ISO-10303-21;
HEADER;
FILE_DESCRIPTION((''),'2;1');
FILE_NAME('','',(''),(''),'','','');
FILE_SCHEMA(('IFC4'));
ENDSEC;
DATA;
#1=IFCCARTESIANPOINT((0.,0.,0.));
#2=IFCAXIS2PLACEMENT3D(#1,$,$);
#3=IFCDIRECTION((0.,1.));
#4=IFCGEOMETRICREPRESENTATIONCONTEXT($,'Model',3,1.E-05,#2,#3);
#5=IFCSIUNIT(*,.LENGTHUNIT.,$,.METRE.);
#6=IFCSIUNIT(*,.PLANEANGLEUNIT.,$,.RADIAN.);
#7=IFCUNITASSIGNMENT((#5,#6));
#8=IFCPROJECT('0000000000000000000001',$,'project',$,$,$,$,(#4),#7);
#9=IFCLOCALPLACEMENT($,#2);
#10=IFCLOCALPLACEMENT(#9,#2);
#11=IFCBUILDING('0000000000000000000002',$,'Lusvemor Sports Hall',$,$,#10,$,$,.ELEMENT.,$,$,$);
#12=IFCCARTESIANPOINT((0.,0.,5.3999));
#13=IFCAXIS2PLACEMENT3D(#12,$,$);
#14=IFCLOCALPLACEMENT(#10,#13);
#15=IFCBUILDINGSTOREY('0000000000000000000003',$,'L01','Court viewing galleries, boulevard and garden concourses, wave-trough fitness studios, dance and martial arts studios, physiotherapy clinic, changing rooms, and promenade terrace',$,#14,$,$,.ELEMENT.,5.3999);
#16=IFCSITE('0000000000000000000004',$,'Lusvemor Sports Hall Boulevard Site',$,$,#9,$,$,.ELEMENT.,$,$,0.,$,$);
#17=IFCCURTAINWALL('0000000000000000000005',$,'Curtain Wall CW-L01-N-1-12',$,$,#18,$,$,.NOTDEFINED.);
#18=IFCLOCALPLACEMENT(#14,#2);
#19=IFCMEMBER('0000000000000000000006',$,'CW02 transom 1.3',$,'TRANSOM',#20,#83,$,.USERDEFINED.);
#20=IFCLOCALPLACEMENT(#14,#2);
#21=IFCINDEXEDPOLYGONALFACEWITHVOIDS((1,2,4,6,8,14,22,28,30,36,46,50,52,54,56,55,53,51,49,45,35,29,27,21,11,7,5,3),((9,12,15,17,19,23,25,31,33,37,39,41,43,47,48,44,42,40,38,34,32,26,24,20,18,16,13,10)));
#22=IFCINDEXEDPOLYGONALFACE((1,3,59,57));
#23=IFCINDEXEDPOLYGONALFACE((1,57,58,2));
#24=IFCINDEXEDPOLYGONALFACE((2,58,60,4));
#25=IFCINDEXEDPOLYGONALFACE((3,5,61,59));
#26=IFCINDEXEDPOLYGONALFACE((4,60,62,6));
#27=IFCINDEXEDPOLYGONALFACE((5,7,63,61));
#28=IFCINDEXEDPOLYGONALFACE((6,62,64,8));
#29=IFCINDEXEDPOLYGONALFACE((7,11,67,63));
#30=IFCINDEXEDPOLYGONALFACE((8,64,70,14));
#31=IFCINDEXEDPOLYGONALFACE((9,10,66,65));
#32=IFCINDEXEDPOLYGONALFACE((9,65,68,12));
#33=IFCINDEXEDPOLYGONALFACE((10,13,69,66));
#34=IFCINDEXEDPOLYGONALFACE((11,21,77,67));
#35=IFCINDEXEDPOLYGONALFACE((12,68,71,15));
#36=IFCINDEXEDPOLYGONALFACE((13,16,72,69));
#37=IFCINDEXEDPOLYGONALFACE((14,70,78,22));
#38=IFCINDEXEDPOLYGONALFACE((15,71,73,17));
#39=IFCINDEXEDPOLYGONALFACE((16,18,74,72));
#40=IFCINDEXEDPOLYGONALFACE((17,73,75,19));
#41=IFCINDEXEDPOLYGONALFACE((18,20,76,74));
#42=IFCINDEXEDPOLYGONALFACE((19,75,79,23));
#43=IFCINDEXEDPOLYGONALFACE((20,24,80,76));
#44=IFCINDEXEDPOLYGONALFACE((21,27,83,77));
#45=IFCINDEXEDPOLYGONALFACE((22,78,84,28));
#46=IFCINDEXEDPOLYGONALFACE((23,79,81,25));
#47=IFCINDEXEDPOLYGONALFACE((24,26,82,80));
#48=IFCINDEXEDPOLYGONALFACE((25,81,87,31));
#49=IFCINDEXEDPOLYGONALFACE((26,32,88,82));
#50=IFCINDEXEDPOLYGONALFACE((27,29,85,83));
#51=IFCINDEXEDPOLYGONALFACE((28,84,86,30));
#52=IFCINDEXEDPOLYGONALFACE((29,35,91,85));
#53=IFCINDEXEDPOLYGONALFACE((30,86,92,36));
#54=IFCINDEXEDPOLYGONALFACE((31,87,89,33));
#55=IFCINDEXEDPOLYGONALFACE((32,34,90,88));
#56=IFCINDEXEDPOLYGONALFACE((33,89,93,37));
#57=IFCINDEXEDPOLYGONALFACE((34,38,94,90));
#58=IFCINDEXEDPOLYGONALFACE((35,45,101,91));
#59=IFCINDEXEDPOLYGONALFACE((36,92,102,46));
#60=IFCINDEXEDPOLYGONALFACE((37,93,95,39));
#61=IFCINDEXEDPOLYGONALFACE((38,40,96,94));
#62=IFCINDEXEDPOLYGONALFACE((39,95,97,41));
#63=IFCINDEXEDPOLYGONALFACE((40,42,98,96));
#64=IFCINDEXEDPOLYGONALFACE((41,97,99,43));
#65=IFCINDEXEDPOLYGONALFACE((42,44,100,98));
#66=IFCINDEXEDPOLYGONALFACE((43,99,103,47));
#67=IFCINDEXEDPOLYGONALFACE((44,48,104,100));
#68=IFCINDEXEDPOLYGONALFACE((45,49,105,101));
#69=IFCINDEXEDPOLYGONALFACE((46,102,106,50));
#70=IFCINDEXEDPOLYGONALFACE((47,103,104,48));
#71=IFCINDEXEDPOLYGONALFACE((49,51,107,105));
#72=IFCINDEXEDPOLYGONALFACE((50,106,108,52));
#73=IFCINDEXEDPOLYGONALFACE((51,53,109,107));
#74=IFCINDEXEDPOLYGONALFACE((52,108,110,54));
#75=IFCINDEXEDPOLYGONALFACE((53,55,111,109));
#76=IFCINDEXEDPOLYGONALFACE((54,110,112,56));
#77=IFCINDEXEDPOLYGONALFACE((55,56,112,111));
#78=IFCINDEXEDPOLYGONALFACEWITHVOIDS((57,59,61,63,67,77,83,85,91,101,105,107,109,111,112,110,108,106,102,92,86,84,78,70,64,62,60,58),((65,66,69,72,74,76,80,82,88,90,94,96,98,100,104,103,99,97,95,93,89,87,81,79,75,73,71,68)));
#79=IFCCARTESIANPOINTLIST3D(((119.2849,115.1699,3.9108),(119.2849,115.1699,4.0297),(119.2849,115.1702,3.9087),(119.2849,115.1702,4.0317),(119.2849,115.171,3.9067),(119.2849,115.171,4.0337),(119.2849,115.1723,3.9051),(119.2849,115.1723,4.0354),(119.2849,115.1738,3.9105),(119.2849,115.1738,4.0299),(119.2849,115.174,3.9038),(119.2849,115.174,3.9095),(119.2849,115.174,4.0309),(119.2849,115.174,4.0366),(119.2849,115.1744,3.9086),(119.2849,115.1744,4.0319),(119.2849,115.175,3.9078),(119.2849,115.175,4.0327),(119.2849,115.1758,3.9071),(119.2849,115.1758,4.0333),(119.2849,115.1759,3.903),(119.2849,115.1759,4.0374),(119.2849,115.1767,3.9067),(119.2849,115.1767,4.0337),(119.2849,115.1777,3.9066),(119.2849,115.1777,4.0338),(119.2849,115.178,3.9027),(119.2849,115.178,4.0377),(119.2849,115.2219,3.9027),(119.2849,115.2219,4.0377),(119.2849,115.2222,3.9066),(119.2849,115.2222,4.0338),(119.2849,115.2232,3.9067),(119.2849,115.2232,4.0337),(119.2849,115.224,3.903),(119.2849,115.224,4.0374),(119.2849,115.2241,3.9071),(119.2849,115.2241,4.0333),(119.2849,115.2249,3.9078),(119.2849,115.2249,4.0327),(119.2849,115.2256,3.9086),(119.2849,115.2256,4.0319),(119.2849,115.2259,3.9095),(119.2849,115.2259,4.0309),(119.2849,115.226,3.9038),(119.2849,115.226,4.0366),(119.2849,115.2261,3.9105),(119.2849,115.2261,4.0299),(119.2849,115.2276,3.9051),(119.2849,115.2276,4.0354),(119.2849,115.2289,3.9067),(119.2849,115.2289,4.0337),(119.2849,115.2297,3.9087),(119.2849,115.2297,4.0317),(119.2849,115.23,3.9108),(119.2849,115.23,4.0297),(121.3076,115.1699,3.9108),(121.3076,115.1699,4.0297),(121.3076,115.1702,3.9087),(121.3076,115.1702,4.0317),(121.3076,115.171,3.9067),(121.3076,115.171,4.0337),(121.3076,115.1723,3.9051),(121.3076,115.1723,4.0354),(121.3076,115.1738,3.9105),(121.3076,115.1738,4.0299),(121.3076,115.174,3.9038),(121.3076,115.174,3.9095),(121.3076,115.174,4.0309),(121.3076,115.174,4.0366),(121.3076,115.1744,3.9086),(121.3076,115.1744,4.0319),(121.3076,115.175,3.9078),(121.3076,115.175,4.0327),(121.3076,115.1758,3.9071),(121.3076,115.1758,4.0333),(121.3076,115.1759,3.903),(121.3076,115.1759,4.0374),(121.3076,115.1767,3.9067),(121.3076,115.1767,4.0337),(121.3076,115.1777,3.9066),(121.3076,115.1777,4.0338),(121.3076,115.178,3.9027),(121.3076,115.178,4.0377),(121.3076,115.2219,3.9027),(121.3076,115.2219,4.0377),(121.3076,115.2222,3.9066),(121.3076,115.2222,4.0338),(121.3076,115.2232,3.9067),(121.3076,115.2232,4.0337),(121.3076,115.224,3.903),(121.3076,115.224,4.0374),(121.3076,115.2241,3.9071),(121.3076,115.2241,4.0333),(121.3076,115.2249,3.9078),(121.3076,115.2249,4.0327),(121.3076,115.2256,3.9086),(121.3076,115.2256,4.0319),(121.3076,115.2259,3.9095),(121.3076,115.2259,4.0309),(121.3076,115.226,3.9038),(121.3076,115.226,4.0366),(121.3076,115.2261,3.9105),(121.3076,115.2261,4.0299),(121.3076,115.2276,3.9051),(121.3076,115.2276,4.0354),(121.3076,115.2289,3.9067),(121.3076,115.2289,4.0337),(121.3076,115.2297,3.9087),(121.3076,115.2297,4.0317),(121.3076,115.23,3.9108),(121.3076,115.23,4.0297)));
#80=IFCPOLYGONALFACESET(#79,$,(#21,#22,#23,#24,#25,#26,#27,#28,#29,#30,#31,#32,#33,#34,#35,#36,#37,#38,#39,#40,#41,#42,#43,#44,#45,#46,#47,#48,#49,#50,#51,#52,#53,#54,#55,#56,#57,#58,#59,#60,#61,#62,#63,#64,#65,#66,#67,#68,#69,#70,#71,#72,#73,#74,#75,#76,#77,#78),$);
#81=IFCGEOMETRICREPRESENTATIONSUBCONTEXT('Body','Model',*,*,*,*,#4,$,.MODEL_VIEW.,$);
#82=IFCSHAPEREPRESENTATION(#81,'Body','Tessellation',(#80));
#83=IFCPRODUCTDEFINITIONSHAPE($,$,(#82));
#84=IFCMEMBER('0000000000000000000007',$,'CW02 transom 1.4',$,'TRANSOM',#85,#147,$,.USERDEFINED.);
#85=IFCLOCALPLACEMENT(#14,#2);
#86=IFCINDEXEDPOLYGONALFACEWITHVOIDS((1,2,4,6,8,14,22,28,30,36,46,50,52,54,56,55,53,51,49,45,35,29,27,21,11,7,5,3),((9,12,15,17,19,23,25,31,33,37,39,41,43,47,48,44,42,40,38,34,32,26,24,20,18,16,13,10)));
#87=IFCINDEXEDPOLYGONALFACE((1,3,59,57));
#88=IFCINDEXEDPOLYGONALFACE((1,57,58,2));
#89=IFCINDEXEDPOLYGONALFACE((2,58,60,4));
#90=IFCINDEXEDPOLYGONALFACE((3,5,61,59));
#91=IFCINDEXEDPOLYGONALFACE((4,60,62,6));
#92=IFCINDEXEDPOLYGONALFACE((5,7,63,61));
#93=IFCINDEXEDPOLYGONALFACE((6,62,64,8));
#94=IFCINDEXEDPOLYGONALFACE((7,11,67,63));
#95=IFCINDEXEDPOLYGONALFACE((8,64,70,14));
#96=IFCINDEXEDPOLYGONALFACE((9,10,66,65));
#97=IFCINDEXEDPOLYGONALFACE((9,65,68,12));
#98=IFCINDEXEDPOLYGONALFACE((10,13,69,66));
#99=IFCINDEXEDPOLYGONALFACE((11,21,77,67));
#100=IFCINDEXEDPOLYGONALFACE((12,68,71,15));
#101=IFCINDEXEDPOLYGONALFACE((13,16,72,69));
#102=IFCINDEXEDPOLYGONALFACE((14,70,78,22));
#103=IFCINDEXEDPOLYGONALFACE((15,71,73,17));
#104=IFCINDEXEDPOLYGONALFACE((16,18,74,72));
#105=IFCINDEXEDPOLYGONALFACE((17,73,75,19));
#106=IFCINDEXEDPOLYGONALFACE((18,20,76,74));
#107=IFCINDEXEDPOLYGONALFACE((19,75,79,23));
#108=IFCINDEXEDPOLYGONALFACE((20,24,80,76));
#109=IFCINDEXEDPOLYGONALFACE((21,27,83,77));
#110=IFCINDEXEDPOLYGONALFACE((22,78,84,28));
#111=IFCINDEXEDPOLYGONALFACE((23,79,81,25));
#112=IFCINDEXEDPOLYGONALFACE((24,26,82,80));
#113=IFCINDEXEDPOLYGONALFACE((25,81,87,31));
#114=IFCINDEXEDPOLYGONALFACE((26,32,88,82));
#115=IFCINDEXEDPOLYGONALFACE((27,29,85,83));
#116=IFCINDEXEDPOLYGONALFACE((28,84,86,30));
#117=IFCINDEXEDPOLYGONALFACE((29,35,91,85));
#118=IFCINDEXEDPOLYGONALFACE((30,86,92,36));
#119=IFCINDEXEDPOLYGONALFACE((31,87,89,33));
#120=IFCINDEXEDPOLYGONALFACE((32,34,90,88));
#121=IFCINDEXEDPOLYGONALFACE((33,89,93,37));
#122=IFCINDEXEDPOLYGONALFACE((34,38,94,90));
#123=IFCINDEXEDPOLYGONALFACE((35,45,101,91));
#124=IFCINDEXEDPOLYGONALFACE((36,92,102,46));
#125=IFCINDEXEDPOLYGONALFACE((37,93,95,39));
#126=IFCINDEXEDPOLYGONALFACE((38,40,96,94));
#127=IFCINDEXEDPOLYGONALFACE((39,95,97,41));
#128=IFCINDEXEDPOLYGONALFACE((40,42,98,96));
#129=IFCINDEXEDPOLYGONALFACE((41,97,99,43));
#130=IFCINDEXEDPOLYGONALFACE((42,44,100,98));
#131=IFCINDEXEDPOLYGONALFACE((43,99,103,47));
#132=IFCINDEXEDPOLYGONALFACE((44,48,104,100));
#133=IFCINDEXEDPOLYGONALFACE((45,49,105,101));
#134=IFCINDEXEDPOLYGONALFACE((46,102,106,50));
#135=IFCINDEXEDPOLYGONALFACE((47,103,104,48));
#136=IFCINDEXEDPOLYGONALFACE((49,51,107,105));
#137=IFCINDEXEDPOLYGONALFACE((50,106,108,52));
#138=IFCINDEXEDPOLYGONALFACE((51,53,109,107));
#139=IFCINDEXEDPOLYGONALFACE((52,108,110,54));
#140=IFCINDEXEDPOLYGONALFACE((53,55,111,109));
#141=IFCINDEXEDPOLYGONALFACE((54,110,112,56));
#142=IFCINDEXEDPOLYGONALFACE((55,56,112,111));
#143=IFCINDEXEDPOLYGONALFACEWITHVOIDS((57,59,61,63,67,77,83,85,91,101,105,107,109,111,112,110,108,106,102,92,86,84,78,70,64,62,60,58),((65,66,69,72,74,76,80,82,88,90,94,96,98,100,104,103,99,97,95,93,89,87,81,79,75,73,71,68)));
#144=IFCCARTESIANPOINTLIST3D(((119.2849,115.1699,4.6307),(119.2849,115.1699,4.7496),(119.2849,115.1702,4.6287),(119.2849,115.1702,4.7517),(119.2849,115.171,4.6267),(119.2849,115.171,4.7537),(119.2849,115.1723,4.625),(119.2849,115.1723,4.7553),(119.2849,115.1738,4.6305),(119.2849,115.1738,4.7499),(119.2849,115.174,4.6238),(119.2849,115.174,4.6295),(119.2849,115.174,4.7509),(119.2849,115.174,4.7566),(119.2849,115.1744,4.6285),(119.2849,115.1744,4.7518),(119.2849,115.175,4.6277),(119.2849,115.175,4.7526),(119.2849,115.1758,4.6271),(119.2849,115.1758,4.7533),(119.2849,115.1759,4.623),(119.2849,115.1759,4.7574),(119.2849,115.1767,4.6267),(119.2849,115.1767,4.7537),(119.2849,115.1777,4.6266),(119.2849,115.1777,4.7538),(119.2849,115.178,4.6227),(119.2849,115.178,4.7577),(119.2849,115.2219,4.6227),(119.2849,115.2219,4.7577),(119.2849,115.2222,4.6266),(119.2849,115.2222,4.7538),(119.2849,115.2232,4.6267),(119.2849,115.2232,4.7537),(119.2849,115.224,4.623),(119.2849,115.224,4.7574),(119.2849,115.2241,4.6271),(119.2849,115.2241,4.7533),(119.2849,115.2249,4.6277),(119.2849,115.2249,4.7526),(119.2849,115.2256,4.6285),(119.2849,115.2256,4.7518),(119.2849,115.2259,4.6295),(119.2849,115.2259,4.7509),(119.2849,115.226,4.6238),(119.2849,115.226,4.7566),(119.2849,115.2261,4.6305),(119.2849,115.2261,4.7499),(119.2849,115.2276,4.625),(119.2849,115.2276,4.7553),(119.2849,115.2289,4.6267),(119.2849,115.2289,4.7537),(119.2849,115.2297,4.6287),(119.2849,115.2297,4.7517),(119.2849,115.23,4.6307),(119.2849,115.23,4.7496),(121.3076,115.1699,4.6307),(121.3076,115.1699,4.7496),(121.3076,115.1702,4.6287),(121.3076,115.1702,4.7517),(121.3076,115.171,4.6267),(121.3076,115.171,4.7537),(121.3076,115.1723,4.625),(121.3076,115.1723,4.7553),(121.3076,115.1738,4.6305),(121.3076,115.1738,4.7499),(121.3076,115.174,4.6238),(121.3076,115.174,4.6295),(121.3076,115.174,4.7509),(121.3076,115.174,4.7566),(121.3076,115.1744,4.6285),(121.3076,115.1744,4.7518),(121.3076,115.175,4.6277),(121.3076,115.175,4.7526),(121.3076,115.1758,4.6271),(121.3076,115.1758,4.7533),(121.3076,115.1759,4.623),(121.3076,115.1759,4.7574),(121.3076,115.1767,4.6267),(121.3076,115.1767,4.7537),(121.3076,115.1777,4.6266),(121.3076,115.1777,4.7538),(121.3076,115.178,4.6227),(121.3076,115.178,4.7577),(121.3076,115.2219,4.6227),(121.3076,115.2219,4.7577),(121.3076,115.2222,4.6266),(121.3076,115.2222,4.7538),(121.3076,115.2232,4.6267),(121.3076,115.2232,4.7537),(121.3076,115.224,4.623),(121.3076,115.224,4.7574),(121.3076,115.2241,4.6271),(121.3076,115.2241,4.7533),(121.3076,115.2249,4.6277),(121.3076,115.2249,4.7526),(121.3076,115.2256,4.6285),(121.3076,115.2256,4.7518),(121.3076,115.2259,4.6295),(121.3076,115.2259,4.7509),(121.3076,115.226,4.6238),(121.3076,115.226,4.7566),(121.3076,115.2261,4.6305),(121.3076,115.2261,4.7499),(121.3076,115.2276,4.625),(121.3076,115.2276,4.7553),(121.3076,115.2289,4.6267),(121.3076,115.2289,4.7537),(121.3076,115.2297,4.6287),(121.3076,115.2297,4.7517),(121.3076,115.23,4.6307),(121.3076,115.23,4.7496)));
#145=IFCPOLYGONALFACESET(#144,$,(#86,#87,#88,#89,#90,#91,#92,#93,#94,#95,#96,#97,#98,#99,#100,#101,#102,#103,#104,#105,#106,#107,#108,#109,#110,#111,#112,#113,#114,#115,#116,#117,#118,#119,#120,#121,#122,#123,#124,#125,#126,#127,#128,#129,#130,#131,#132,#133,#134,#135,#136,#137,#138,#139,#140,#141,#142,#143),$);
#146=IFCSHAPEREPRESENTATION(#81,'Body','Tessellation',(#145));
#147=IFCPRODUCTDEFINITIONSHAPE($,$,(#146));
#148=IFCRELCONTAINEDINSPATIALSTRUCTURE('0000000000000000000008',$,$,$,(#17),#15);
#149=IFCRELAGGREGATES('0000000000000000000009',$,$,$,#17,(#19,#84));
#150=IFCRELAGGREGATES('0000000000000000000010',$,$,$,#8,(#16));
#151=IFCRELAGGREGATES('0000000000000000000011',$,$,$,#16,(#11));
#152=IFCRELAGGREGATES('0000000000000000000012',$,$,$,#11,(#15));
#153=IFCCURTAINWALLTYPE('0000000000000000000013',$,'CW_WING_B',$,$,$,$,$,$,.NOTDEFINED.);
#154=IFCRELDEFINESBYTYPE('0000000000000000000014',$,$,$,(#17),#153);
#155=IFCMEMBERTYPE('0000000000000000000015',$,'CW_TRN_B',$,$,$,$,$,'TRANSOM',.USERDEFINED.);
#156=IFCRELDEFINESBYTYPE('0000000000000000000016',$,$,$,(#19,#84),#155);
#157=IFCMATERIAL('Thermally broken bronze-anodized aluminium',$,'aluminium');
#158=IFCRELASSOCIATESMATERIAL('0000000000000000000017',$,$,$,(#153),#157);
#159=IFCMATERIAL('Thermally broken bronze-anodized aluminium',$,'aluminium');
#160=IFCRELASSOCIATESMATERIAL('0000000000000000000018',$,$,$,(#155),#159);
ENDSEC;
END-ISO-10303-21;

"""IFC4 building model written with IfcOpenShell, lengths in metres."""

from ifc_helpers import new_model, si_unit, direction, frame, origin, origin_2d, place, context, subcontext, project, spatial, hollow_rectangle, extrude, material, material_profile, profile_set, type_object, element, aggregate, save


model = new_model("IFC4")

# Units and contexts
model_context = context("Model", 3, precision=1e-05, world=origin(), true_north=direction((0.0, 1.0)))
body_context = subcontext(model_context, "Body", "Model", "MODEL_VIEW")
ifc_project = project(units=[si_unit("LENGTHUNIT", "METRE"), si_unit("PLANEANGLEUNIT", "RADIAN")], contexts=[model_context])

# Site, building, storey
site_placement = place(None, origin())
site = spatial("IfcSite", under=ifc_project, at=site_placement, Name="Lusvemor Sports Hall Boulevard Site", CompositionType="ELEMENT", RefElevation=0.0)
building_placement = place(site_placement, origin())
building = spatial("IfcBuilding", under=site, at=building_placement, Name="Lusvemor Sports Hall", CompositionType="ELEMENT")
storey_placement = place(building_placement, frame((0.0, 0.0, 5.3999)))
storey = spatial("IfcBuildingStorey", under=building, at=storey_placement, Name="L01", Description="Court viewing galleries, boulevard and garden concourses, wave-trough fitness studios, dance and martial arts studios, physiotherapy clinic, changing rooms, and promenade terrace", CompositionType="ELEMENT", Elevation=5.3999)

# Curtain wall, members
ifc_material_1 = material(Name="Thermally broken bronze-anodized aluminium", Category="aluminium")
curtain_wall_type = type_object("IfcCurtainWallType", Name="CW_WING_B", PredefinedType="NOTDEFINED", material=ifc_material_1)
curtain_wall_placement = place(storey_placement, origin())
curtain_wall = element("IfcCurtainWall", 1, at=curtain_wall_placement, inside=storey, type_object=curtain_wall_type, Name="Curtain Wall CW-L01-N-1-12", PredefinedType="NOTDEFINED")
ifc_material_2 = material(Name="Thermally broken bronze-anodized aluminium", Category="aluminium")
ifc_material_profile_1 = material_profile(ifc_material_2, hollow_rectangle(XDim=0.0601, YDim=0.135, WallThickness=0.0039, InnerFilletRadius=0.0039, OuterFilletRadius=0.0081, at=origin_2d()), Name="CWTRN135x60x4")
ifc_profile_set_1 = profile_set([ifc_material_profile_1], Name="Thermally broken bronze-anodized aluminium")
member_type_1 = type_object("IfcMemberType", Name="CW_TRN_B", ElementType="TRANSOM", PredefinedType="USERDEFINED", material=ifc_profile_set_1)
member_1_placement = place(storey_placement, frame((119.2849, 115.2, 3.9702), z_axis=(1.0, 0.0, 0.0), x_axis=(0.0, 1.0, 0.0)))
member_1 = element("IfcMember", 2, at=member_1_placement, type_object=member_type_1, Name="CW02 transom 1.3", ObjectType="TRANSOM", PredefinedType="USERDEFINED", context=body_context, shape_type="SweptSolid", body=[
    extrude(hollow_rectangle(XDim=0.0601, YDim=0.135, WallThickness=0.0039, InnerFilletRadius=0.0039, OuterFilletRadius=0.0081, at=origin_2d()), origin(), (0.0, 0.0, 1.0), 2.0227),
])
member_2_placement = place(storey_placement, frame((119.2849, 115.2, 4.6902), z_axis=(1.0, 0.0, 0.0), x_axis=(0.0, 1.0, 0.0)))
member_2 = element("IfcMember", 3, at=member_2_placement, type_object=member_type_1, Name="CW02 transom 1.4", ObjectType="TRANSOM", PredefinedType="USERDEFINED", context=body_context, shape_type="SweptSolid", body=[
    extrude(hollow_rectangle(XDim=0.0601, YDim=0.135, WallThickness=0.0039, InnerFilletRadius=0.0039, OuterFilletRadius=0.0081, at=origin_2d()), origin(), (0.0, 0.0, 1.0), 2.0227),
])

aggregate(curtain_wall, [member_1, member_2])

save(model, "model.ifc")
